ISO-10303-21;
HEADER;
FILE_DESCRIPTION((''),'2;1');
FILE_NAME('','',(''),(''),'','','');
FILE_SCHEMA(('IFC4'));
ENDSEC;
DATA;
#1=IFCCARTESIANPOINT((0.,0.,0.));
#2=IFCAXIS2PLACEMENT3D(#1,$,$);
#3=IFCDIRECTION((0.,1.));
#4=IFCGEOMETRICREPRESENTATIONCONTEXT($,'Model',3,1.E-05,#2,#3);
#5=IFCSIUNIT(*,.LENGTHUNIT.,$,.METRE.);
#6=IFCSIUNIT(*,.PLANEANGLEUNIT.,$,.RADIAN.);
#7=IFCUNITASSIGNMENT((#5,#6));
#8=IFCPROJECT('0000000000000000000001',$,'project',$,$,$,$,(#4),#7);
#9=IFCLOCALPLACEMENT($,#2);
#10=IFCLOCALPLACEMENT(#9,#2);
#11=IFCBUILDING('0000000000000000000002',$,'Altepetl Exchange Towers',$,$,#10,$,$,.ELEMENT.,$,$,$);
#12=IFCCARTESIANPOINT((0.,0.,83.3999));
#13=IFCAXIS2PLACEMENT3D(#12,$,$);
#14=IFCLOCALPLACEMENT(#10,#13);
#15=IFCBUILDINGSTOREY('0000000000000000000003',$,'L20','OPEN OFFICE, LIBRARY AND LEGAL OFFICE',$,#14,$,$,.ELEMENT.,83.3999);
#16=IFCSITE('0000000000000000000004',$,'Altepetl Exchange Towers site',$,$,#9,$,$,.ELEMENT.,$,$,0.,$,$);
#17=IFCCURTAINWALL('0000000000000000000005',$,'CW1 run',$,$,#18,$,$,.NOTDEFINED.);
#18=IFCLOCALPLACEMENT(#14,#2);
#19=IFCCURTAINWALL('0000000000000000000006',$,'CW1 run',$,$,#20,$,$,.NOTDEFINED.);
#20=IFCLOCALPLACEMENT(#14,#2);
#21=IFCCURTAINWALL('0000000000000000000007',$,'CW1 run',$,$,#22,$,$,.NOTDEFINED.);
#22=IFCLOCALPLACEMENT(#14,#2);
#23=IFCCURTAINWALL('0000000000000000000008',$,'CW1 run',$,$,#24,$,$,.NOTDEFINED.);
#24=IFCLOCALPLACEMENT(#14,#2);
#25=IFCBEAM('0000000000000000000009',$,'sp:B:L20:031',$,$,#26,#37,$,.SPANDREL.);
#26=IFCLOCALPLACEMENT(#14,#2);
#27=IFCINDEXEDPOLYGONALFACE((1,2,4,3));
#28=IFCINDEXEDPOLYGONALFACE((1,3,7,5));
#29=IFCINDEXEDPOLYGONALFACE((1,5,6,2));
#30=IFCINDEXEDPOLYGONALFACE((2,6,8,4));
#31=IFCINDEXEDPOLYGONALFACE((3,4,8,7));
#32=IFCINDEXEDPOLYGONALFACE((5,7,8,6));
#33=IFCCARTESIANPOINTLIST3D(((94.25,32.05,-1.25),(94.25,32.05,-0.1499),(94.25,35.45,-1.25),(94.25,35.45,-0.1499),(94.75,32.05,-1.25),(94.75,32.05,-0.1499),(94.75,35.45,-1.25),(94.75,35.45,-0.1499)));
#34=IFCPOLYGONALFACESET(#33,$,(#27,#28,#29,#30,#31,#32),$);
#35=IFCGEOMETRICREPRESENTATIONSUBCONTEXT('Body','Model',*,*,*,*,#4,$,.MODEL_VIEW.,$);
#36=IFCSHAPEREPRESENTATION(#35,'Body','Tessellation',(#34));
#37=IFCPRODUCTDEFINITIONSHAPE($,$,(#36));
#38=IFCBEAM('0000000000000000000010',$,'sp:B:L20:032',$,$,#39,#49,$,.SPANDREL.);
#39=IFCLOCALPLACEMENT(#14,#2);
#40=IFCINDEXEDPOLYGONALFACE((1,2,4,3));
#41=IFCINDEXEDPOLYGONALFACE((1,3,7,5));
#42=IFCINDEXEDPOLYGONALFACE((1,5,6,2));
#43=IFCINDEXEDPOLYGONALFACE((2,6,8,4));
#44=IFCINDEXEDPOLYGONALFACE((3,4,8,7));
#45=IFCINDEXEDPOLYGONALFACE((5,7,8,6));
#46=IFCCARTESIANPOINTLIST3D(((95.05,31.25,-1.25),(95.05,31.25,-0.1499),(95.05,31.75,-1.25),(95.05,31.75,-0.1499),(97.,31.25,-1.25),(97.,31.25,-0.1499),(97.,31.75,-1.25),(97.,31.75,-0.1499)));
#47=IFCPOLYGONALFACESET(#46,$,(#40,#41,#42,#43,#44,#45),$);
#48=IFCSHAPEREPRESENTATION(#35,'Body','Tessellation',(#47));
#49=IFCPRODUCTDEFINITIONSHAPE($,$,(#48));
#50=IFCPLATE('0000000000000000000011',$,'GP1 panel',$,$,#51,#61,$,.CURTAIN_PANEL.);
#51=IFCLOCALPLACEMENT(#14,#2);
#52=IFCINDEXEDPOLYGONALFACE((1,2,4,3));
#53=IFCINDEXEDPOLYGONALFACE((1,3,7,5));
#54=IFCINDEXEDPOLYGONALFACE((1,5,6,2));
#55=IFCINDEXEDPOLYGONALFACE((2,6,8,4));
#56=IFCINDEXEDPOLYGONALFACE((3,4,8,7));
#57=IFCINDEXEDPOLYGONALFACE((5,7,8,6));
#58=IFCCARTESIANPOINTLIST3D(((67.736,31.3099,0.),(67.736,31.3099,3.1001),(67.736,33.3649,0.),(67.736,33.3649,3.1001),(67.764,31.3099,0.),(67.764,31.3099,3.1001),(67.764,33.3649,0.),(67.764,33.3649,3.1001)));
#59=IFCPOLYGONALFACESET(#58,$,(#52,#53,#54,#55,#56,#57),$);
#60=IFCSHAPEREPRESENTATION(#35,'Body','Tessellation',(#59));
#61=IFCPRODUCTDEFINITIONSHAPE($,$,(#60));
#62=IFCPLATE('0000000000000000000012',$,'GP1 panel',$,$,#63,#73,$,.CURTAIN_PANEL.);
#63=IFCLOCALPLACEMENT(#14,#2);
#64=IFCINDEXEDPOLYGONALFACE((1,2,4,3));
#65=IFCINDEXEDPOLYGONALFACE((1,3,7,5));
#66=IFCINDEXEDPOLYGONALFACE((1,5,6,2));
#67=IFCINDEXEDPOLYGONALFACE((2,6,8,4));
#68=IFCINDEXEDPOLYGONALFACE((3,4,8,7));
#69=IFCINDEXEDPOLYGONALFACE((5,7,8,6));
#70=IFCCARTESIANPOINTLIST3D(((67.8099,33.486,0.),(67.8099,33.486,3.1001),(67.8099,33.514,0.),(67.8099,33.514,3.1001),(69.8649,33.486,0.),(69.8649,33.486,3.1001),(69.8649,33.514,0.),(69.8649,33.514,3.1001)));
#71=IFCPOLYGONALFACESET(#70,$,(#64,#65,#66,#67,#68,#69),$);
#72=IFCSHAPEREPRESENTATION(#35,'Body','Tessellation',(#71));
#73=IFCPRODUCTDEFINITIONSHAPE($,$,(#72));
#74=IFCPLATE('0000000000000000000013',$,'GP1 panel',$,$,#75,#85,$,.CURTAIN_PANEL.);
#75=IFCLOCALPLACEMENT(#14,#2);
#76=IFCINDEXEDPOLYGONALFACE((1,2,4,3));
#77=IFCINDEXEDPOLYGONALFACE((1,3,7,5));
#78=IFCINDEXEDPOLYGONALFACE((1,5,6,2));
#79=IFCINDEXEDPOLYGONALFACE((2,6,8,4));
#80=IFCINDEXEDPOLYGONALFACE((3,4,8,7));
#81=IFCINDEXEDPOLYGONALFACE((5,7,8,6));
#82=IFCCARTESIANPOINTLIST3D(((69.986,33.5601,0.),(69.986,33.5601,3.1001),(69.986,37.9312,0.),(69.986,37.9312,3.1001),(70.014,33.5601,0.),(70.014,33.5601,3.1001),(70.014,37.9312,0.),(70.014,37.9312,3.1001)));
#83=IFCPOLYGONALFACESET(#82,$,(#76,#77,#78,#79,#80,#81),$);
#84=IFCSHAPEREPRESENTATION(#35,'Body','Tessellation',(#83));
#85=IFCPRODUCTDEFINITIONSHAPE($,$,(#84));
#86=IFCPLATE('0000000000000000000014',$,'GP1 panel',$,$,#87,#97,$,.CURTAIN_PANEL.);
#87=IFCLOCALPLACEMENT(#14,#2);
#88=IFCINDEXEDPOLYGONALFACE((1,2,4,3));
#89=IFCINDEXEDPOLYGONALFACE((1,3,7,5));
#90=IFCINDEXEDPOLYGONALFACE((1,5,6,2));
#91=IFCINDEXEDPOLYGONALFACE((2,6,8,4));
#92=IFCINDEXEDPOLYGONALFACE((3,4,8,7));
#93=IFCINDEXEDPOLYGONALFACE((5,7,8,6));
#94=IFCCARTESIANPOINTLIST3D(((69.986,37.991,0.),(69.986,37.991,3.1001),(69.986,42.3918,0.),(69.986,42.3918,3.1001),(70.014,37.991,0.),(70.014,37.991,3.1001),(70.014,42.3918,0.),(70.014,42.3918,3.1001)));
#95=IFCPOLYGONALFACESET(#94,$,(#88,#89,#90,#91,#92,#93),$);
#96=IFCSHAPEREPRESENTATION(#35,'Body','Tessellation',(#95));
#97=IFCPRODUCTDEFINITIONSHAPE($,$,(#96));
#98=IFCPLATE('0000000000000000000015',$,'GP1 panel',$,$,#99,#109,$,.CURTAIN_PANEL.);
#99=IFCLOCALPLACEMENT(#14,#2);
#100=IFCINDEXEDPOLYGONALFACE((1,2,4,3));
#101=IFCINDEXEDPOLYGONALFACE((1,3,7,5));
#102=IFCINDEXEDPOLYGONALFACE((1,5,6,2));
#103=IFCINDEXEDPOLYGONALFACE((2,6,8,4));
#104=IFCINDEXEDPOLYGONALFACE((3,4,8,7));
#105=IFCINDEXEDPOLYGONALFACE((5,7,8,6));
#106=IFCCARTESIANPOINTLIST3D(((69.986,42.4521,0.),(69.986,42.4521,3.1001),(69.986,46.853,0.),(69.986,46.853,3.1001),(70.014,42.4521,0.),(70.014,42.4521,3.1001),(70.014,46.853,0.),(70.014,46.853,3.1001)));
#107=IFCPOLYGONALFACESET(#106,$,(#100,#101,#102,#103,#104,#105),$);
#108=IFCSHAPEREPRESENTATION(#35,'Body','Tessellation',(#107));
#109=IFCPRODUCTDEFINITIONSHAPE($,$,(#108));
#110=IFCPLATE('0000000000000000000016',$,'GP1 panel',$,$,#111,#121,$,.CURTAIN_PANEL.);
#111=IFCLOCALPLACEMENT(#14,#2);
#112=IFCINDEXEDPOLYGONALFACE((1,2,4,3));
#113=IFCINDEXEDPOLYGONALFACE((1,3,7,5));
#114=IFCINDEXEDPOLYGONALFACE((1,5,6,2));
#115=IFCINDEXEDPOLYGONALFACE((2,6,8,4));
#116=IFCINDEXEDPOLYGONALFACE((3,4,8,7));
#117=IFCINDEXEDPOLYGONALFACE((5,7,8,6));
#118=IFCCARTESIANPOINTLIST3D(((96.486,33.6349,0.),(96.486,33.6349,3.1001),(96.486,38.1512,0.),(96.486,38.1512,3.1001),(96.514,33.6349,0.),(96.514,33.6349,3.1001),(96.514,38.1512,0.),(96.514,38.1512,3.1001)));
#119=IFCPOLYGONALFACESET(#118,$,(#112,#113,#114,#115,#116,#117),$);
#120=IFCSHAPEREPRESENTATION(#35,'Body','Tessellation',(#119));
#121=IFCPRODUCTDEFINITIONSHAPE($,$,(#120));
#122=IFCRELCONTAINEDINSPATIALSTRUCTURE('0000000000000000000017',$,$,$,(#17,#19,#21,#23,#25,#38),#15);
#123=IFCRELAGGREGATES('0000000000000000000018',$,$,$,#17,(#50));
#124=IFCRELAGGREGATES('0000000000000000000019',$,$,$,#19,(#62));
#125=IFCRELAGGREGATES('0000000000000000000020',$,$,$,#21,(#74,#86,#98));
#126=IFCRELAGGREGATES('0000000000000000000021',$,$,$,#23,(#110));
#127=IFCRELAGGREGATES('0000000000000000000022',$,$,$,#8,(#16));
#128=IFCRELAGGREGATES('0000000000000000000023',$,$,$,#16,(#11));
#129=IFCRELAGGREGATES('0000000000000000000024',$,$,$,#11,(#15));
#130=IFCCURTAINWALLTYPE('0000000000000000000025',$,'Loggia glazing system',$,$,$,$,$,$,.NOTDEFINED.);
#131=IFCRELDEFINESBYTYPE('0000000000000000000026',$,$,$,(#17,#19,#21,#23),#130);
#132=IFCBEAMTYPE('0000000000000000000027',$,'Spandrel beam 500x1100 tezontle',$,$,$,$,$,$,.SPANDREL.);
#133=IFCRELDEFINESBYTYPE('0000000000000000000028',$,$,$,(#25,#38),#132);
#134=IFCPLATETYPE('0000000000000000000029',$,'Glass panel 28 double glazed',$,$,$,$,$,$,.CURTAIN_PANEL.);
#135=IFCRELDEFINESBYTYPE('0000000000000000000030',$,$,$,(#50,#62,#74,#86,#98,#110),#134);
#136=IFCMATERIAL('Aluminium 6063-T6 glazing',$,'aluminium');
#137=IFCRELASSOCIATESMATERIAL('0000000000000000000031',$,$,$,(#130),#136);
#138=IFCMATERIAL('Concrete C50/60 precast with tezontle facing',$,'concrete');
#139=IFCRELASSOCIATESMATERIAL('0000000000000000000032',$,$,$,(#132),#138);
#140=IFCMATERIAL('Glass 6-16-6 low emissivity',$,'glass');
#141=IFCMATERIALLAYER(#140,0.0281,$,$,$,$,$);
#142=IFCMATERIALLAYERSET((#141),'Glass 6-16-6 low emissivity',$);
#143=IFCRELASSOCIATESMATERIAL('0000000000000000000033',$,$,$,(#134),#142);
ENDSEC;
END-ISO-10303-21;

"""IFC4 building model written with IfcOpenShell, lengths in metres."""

from ifc_helpers import new_model, si_unit, direction, frame, origin, origin_2d, place, context, subcontext, project, spatial, rectangle, extrude, material, layer, layer_set, material_profile, profile_set, type_object, element, aggregate, save


model = new_model("IFC4")

# Units and contexts
model_context = context("Model", 3, precision=1e-05, world=origin(), true_north=direction((0.0, 1.0)))
body_context = subcontext(model_context, "Body", "Model", "MODEL_VIEW")
ifc_project = project(units=[si_unit("LENGTHUNIT", "METRE"), si_unit("PLANEANGLEUNIT", "RADIAN")], contexts=[model_context])

# Site, building, storey
site_placement = place(None, origin())
site = spatial("IfcSite", under=ifc_project, at=site_placement, Name="Altepetl Exchange Towers site", CompositionType="ELEMENT", RefElevation=0.0)
building_placement = place(site_placement, origin())
building = spatial("IfcBuilding", under=site, at=building_placement, Name="Altepetl Exchange Towers", CompositionType="ELEMENT")
storey_placement = place(building_placement, frame((0.0, 0.0, 83.3999)))
storey = spatial("IfcBuildingStorey", under=building, at=storey_placement, Name="L20", Description="OPEN OFFICE, LIBRARY AND LEGAL OFFICE", CompositionType="ELEMENT", Elevation=83.3999)

# Curtain walls
ifc_material_1 = material(Name="Aluminium 6063-T6 glazing", Category="aluminium")
curtain_wall_type = type_object("IfcCurtainWallType", Name="Loggia glazing system", PredefinedType="NOTDEFINED", material=ifc_material_1)
curtain_wall_1_placement = place(storey_placement, origin())
curtain_wall_1 = element("IfcCurtainWall", 1, at=curtain_wall_1_placement, inside=storey, type_object=curtain_wall_type, Name="CW1 run", PredefinedType="NOTDEFINED")
curtain_wall_2_placement = place(storey_placement, origin())
curtain_wall_2 = element("IfcCurtainWall", 2, at=curtain_wall_2_placement, inside=storey, type_object=curtain_wall_type, Name="CW1 run", PredefinedType="NOTDEFINED")
curtain_wall_3_placement = place(storey_placement, origin())
curtain_wall_3 = element("IfcCurtainWall", 3, at=curtain_wall_3_placement, inside=storey, type_object=curtain_wall_type, Name="CW1 run", PredefinedType="NOTDEFINED")

# Curtain wall
curtain_wall_4_placement = place(storey_placement, origin())
curtain_wall_4 = element("IfcCurtainWall", 4, at=curtain_wall_4_placement, inside=storey, type_object=curtain_wall_type, Name="CW1 run", PredefinedType="NOTDEFINED")

# Beams
ifc_material_2 = material(Name="Concrete C50/60 precast with tezontle facing", Category="concrete")
ifc_material_profile_1 = material_profile(ifc_material_2, rectangle(XDim=0.5, YDim=1.1001, at=origin_2d()), Name="500 x 1100")
ifc_profile_set_1 = profile_set([ifc_material_profile_1], Name="Concrete C50/60 precast with tezontle facing")
beam_type_1 = type_object("IfcBeamType", Name="Spandrel beam 500x1100 tezontle", PredefinedType="SPANDREL", material=ifc_profile_set_1)
beam_1_placement = place(storey_placement, frame((94.5, 35.45, -0.7), z_axis=(0.0, -1.0, 0.0), x_axis=(1.0, 0.0, 0.0)))
element("IfcBeam", 5, at=beam_1_placement, inside=storey, type_object=beam_type_1, Name="sp:B:L20:031", PredefinedType="SPANDREL", context=body_context, shape_type="SweptSolid", body=[
    extrude(rectangle(XDim=0.5, YDim=1.1001, at=origin_2d()), origin(), (0.0, 0.0, 1.0), 3.3999),
])
beam_2_placement = place(storey_placement, frame((95.05, 31.5, -0.7), z_axis=(1.0, 0.0, 0.0), x_axis=(0.0, 1.0, 0.0)))
element("IfcBeam", 6, at=beam_2_placement, inside=storey, type_object=beam_type_1, Name="sp:B:L20:032", PredefinedType="SPANDREL", context=body_context, shape_type="SweptSolid", body=[
    extrude(rectangle(XDim=0.5, YDim=1.1001, at=origin_2d()), origin(), (0.0, 0.0, 1.0), 1.95),
])

# Plates
ifc_material_3 = material(Name="Glass 6-16-6 low emissivity", Category="glass")
ifc_layer = layer(ifc_material_3, 0.0281)
ifc_layer_set = layer_set([ifc_layer], Name="Glass 6-16-6 low emissivity")
plate_type = type_object("IfcPlateType", Name="Glass panel 28 double glazed", PredefinedType="CURTAIN_PANEL", material=ifc_layer_set)
plate_1_placement = place(storey_placement, frame((67.75, 32.3374, 0.0), z_axis=(0.0, 0.0, 1.0), x_axis=(0.0, 1.0, 0.0)))
plate_1 = element("IfcPlate", 7, at=plate_1_placement, type_object=plate_type, Name="GP1 panel", PredefinedType="CURTAIN_PANEL", context=body_context, shape_type="SweptSolid", body=[
    extrude(rectangle(XDim=2.0549, YDim=0.0281, at=origin_2d()), origin(), (0.0, 0.0, 1.0), 3.1001),
])
aggregate(curtain_wall_1, [plate_1])
plate_2_placement = place(storey_placement, frame((68.8374, 33.5, 0.0)))
plate_2 = element("IfcPlate", 8, at=plate_2_placement, type_object=plate_type, Name="GP1 panel", PredefinedType="CURTAIN_PANEL", context=body_context, shape_type="SweptSolid", body=[
    extrude(rectangle(XDim=2.0549, YDim=0.0281, at=origin_2d()), origin(), (0.0, 0.0, 1.0), 3.1001),
])
aggregate(curtain_wall_2, [plate_2])
plate_3_placement = place(storey_placement, frame((70.0, 35.7456, 0.0), z_axis=(0.0, 0.0, 1.0), x_axis=(0.0, 1.0, 0.0)))
plate_3 = element("IfcPlate", 9, at=plate_3_placement, type_object=plate_type, Name="GP1 panel", PredefinedType="CURTAIN_PANEL", context=body_context, shape_type="SweptSolid", body=[
    extrude(rectangle(XDim=4.3711, YDim=0.0281, at=origin_2d()), origin(), (0.0, 0.0, 1.0), 3.1001),
])
plate_4_placement = place(storey_placement, frame((70.0, 40.1914, 0.0), z_axis=(0.0, 0.0, 1.0), x_axis=(0.0, 1.0, 0.0)))
plate_4 = element("IfcPlate", 10, at=plate_4_placement, type_object=plate_type, Name="GP1 panel", PredefinedType="CURTAIN_PANEL", context=body_context, shape_type="SweptSolid", body=[
    extrude(rectangle(XDim=4.4009, YDim=0.0281, at=origin_2d()), origin(), (0.0, 0.0, 1.0), 3.1001),
])
plate_5_placement = place(storey_placement, frame((70.0, 44.6526, 0.0), z_axis=(0.0, 0.0, 1.0), x_axis=(0.0, 1.0, 0.0)))
plate_5 = element("IfcPlate", 11, at=plate_5_placement, type_object=plate_type, Name="GP1 panel", PredefinedType="CURTAIN_PANEL", context=body_context, shape_type="SweptSolid", body=[
    extrude(rectangle(XDim=4.4009, YDim=0.0281, at=origin_2d()), origin(), (0.0, 0.0, 1.0), 3.1001),
])
aggregate(curtain_wall_3, [plate_3, plate_4, plate_5])
plate_6_placement = place(storey_placement, frame((96.5, 35.8931, 0.0), z_axis=(0.0, 0.0, 1.0), x_axis=(0.0, -1.0, 0.0)))
plate_6 = element("IfcPlate", 12, at=plate_6_placement, type_object=plate_type, Name="GP1 panel", PredefinedType="CURTAIN_PANEL", context=body_context, shape_type="SweptSolid", body=[
    extrude(rectangle(XDim=4.5164, YDim=0.0281, at=origin_2d()), origin(), (0.0, 0.0, 1.0), 3.1001),
])
aggregate(curtain_wall_4, [plate_6])

save(model, "model.ifc")
